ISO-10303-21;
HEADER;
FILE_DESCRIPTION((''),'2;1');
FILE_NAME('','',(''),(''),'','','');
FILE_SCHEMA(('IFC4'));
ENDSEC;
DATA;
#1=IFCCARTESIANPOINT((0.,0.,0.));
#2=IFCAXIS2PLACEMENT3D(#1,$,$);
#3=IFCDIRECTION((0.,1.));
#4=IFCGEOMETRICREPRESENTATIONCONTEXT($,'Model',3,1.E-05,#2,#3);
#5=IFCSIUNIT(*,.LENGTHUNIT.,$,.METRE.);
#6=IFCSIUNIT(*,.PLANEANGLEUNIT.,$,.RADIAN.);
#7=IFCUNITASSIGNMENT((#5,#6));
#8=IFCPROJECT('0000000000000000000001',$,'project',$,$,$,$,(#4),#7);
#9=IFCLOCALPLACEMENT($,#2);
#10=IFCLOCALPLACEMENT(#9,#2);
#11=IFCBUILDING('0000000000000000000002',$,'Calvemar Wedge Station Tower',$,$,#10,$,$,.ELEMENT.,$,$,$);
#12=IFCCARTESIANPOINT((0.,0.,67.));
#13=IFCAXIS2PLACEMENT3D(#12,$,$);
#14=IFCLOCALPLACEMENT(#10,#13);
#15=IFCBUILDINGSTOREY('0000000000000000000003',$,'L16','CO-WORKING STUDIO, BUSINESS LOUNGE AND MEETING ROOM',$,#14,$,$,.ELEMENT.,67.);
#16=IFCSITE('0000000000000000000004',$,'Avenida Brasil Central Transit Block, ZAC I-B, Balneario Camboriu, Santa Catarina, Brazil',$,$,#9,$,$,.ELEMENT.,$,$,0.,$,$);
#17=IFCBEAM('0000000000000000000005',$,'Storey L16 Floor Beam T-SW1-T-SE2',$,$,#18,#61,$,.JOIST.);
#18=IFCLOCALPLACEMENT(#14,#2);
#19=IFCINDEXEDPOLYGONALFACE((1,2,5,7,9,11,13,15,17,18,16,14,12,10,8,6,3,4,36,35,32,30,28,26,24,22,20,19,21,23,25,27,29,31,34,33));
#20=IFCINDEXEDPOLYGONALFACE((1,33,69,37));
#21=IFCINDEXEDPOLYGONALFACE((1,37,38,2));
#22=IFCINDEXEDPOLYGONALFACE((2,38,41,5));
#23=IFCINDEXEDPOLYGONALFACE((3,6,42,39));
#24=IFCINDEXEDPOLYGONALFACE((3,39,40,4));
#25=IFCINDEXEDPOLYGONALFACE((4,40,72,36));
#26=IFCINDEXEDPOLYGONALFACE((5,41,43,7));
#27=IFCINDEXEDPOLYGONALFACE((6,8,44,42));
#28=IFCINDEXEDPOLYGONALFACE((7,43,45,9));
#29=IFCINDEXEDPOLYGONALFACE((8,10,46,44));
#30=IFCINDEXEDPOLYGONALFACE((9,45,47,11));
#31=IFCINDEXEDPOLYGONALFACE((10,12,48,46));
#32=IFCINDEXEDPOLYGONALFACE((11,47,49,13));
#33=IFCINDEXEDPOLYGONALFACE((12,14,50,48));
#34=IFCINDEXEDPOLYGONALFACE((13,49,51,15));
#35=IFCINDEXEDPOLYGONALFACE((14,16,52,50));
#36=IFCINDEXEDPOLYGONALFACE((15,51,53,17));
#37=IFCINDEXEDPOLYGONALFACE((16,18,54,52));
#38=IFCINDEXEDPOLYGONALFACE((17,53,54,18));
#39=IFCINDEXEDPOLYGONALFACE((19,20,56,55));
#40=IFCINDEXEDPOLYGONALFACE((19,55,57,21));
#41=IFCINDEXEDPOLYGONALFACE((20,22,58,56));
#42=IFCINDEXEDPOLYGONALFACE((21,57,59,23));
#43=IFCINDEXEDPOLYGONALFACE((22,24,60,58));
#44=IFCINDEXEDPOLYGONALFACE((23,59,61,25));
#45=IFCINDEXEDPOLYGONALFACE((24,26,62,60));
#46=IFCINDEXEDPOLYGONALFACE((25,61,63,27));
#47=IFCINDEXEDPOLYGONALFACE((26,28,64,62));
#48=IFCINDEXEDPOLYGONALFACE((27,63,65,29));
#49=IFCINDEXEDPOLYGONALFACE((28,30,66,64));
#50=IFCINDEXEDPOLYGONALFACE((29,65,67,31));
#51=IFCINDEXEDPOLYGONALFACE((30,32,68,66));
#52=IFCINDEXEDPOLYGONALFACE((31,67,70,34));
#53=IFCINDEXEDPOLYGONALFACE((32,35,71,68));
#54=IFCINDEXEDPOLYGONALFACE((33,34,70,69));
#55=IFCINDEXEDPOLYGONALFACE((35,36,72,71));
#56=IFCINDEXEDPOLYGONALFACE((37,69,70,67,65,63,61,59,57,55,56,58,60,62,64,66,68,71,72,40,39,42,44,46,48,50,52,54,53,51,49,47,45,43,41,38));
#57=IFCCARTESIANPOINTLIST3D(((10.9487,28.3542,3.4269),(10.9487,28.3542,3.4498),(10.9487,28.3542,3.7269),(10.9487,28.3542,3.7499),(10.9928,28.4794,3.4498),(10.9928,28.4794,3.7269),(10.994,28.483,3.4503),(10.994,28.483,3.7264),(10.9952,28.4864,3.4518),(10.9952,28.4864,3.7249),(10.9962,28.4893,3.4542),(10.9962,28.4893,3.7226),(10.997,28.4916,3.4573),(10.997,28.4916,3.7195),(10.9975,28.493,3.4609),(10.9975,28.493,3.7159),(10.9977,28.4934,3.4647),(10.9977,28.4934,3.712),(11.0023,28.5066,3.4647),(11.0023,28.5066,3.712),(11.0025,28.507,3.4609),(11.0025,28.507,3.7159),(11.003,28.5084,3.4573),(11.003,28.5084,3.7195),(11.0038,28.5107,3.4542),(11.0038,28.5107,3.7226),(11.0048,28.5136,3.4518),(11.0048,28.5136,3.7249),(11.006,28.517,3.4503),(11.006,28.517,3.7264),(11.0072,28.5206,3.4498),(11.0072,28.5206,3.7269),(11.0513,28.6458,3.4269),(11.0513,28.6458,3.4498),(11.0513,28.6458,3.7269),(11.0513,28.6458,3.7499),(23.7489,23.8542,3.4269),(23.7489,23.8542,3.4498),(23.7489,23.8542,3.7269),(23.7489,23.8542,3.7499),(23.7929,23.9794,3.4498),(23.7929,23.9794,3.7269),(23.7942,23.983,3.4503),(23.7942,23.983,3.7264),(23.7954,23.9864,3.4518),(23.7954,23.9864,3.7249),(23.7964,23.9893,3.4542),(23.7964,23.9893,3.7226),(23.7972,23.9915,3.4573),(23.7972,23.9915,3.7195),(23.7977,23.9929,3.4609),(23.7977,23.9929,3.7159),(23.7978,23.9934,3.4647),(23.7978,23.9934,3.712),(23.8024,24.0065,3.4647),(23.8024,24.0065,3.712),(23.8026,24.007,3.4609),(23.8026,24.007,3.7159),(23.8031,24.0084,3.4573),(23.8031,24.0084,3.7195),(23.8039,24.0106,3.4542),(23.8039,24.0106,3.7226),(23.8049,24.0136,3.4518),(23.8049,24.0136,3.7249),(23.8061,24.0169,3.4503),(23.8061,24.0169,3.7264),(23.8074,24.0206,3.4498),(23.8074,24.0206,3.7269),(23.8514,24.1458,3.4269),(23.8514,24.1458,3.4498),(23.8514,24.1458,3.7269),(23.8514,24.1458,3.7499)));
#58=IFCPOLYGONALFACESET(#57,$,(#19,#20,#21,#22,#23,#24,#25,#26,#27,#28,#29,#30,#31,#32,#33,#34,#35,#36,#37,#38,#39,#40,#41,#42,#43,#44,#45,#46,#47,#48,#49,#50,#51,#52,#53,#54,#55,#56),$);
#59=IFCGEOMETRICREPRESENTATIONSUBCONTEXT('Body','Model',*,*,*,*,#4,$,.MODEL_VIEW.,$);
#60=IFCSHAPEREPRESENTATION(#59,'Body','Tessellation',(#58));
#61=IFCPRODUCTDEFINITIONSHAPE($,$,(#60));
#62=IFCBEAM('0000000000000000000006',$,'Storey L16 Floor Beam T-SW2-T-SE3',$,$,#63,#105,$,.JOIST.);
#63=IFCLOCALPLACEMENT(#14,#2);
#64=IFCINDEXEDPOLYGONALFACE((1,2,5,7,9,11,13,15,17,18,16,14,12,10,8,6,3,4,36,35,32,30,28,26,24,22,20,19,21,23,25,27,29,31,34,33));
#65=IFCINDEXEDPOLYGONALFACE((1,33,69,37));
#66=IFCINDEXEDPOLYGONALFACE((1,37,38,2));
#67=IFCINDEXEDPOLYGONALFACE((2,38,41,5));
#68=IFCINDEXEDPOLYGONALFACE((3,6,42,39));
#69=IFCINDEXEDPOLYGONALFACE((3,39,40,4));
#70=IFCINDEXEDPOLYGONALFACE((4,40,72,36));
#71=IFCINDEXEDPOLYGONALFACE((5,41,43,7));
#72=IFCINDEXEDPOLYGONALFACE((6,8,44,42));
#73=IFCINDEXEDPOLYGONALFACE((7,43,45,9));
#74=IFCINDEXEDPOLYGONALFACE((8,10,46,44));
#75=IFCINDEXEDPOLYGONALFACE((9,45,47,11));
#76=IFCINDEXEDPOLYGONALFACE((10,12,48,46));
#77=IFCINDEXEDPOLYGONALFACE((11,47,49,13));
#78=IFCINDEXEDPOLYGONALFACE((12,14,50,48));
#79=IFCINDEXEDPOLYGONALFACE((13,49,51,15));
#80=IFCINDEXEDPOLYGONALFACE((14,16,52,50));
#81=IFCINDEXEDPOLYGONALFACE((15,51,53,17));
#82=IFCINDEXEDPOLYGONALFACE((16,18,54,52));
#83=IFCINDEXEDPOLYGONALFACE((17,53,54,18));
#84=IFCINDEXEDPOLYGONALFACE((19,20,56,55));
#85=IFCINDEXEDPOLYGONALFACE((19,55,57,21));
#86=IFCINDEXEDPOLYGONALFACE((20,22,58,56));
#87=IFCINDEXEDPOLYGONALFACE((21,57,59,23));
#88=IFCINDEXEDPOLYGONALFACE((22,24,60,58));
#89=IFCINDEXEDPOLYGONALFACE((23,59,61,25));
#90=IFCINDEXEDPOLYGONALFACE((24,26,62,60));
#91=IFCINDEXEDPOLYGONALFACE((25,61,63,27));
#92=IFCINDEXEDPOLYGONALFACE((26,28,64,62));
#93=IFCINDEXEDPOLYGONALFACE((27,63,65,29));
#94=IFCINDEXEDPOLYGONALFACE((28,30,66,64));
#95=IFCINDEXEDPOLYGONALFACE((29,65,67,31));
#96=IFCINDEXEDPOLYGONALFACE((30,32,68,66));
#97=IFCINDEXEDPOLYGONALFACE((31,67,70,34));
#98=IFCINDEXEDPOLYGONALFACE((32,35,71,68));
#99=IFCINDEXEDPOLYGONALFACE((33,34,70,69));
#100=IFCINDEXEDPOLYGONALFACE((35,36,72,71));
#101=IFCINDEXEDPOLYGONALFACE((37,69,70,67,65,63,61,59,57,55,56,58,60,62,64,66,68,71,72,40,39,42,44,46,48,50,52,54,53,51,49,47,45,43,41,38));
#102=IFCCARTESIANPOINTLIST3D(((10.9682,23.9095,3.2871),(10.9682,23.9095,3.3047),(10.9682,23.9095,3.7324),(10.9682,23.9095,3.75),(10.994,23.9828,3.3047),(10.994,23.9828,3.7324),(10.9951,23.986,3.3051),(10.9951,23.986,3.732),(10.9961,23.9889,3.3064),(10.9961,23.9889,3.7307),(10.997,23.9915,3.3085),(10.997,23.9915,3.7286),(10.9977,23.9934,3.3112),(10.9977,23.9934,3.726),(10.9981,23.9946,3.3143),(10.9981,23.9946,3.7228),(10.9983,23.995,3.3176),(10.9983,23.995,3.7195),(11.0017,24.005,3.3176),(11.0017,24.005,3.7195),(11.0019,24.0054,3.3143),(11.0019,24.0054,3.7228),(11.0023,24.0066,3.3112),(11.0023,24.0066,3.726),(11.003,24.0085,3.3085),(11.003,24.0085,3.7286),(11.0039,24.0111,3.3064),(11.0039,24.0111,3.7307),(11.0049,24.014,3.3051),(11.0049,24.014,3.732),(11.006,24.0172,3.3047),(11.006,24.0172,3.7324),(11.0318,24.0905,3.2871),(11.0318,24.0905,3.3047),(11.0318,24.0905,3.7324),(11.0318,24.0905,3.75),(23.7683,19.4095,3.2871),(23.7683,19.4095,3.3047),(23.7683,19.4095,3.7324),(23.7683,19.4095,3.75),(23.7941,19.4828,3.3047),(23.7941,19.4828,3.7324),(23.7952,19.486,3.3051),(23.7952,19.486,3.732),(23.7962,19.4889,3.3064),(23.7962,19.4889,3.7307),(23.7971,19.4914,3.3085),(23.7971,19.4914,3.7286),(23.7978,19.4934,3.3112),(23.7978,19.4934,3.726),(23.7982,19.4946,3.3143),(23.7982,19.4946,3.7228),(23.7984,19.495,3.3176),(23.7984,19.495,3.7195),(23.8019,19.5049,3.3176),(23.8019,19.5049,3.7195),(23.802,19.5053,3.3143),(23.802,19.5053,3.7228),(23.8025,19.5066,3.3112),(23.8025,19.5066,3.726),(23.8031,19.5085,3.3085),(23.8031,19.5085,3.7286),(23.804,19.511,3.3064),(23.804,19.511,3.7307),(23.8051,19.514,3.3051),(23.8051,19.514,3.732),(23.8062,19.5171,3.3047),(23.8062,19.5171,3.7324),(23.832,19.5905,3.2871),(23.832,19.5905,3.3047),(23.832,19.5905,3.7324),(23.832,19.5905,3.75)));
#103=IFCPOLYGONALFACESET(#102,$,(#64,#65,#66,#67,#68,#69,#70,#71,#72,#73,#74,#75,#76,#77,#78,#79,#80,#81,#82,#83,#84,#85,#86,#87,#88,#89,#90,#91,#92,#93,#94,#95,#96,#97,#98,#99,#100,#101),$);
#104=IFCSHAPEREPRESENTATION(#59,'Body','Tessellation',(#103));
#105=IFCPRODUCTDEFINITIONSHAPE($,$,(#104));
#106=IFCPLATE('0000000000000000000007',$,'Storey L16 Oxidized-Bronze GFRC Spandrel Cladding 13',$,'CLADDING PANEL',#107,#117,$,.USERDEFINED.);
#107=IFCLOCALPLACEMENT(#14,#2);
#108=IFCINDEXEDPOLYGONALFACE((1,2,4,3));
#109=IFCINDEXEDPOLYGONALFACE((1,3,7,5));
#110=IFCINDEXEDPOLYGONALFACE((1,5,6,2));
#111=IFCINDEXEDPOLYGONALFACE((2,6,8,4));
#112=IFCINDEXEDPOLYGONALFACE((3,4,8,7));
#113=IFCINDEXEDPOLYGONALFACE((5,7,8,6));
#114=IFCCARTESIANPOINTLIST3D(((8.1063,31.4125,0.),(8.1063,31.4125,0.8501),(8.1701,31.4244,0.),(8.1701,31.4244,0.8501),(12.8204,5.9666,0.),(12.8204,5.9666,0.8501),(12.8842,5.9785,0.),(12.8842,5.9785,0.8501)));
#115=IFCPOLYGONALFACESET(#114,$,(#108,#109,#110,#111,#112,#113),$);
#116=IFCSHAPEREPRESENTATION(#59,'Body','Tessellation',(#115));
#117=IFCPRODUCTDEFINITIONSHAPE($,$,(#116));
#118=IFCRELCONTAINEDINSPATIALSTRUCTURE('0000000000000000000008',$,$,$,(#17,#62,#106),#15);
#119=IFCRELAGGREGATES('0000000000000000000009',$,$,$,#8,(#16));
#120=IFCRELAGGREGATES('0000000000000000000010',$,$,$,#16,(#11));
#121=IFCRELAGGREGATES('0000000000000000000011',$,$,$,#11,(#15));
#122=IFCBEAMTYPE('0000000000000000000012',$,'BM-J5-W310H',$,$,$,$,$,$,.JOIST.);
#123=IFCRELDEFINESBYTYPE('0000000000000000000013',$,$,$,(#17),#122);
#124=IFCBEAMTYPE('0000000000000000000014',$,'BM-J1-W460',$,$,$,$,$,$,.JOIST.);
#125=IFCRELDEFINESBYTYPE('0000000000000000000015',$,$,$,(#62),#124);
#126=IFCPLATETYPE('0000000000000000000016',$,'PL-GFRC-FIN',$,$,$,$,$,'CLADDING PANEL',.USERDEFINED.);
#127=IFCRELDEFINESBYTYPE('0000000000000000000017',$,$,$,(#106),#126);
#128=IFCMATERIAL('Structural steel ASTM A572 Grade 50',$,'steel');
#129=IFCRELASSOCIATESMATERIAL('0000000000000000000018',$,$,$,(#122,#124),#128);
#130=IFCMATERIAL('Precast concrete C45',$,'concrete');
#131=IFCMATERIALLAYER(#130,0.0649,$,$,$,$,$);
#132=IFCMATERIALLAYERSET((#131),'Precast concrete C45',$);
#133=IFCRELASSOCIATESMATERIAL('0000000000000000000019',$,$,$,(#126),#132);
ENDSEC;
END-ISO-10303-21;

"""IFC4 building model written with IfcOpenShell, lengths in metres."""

from ifc_helpers import new_model, si_unit, direction, frame, frame_2d, origin, origin_2d, place, context, subcontext, project, spatial, rectangle, i_section, extrude, source, transform, mapped, material, layer, layer_set, material_profile, profile_set, type_object, element, save


model = new_model("IFC4")

# Units and contexts
model_context = context("Model", 3, precision=1e-05, world=origin(), true_north=direction((0.0, 1.0)))
body_context = subcontext(model_context, "Body", "Model", "MODEL_VIEW")
ifc_project = project(units=[si_unit("LENGTHUNIT", "METRE"), si_unit("PLANEANGLEUNIT", "RADIAN")], contexts=[model_context])

# Site, building, storey
site_placement = place(None, origin())
site = spatial("IfcSite", under=ifc_project, at=site_placement, Name="Avenida Brasil Central Transit Block, ZAC I-B, Balneario Camboriu, Santa Catarina, Brazil", CompositionType="ELEMENT", RefElevation=0.0)
building_placement = place(site_placement, origin())
building = spatial("IfcBuilding", under=site, at=building_placement, Name="Calvemar Wedge Station Tower", CompositionType="ELEMENT")
storey_placement = place(building_placement, frame((0.0, 0.0, 67.0)))
storey = spatial("IfcBuildingStorey", under=building, at=storey_placement, Name="L16", Description="CO-WORKING STUDIO, BUSINESS LOUNGE AND MEETING ROOM", CompositionType="ELEMENT", Elevation=67.0)

# Beams
ifc_material_1 = material(Name="Structural steel ASTM A572 Grade 50", Category="steel")
ifc_material_profile_1 = material_profile(ifc_material_1, i_section(OverallWidth=0.3091, OverallDepth=0.323, WebThickness=0.0139, FlangeThickness=0.0229, FilletRadius=0.0149, at=origin_2d()), Name="W310x143")
ifc_profile_set_1 = profile_set([ifc_material_profile_1], Name="Structural steel ASTM A572 Grade 50")
beam_type_1 = type_object("IfcBeamType", Name="BM-J5-W310H", PredefinedType="JOIST", material=ifc_profile_set_1)
shared_shape_1 = source(origin(), body_context, "Body", "SweptSolid", [
    extrude(i_section(OverallWidth=0.3091, OverallDepth=0.323, WebThickness=0.0139, FlangeThickness=0.0229, FilletRadius=0.0149, at=origin_2d()), origin(), (0.0, 0.0, 1.0), 13.5681),
])
for number, where, z_axis, x_axis, name in (
    (1, (11.0, 28.5, 3.5884), (0.943398, -0.331662, 0.0), (0.331662, 0.943398, 0.0), "Storey L16 Floor Beam T-SW1-T-SE2"),
):
    element("IfcBeam", number, at=place(storey_placement, frame(where, z_axis=z_axis, x_axis=x_axis)), inside=storey, type_object=beam_type_1, Name=name, PredefinedType="JOIST", context=body_context, shape_type="MappedRepresentation", body=[
        mapped(shared_shape_1, transform((0.0, 0.0, 0.0), scale=1.0)),
    ])
ifc_material_profile_2 = material_profile(ifc_material_1, i_section(OverallWidth=0.1919, OverallDepth=0.4629, WebThickness=0.0105, FlangeThickness=0.0176, FilletRadius=0.0129, at=origin_2d()), Name="W460x89")
ifc_profile_set_2 = profile_set([ifc_material_profile_2], Name="Structural steel ASTM A572 Grade 50")
beam_type_2 = type_object("IfcBeamType", Name="BM-J1-W460", PredefinedType="JOIST", material=ifc_profile_set_2)
shared_shape_2 = source(origin(), body_context, "Body", "SweptSolid", [
    extrude(i_section(OverallWidth=0.1919, OverallDepth=0.4629, WebThickness=0.0105, FlangeThickness=0.0176, FilletRadius=0.0129, at=origin_2d()), origin(), (0.0, 0.0, 1.0), 13.5681),
])
beam_1_placement = place(storey_placement, frame((11.0, 24.0, 3.5186), z_axis=(0.943398, -0.331662, 0.0), x_axis=(0.331662, 0.943398, 0.0)))
element("IfcBeam", 2, at=beam_1_placement, inside=storey, type_object=beam_type_2, Name="Storey L16 Floor Beam T-SW2-T-SE3", PredefinedType="JOIST", context=body_context, shape_type="MappedRepresentation", body=[
    mapped(shared_shape_2, transform((0.0, 0.0, 0.0), scale=1.0)),
])

# Plate
ifc_material_2 = material(Name="Precast concrete C45", Category="concrete")
ifc_layer_1 = layer(ifc_material_2, 0.0649)
ifc_layer_set_1 = layer_set([ifc_layer_1], Name="Precast concrete C45")
plate_type = type_object("IfcPlateType", Name="PL-GFRC-FIN", ElementType="CLADDING PANEL", PredefinedType="USERDEFINED", material=ifc_layer_set_1)
plate_placement = place(storey_placement, frame((8.1382, 31.4185, 0.0), z_axis=(0.0, 0.0, 1.0), x_axis=(0.182161, -0.983269, 0.0)))
element("IfcPlate", 3, at=plate_placement, inside=storey, type_object=plate_type, Name="Storey L16 Oxidized-Bronze GFRC Spandrel Cladding 13", ObjectType="CLADDING PANEL", PredefinedType="USERDEFINED", context=body_context, shape_type="SweptSolid", body=[
    extrude(rectangle(XDim=25.8789, YDim=0.0649, at=frame_2d((12.9395, 0.0))), origin(), (0.0, 0.0, 1.0), 0.8501),
])

save(model, "model.ifc")
